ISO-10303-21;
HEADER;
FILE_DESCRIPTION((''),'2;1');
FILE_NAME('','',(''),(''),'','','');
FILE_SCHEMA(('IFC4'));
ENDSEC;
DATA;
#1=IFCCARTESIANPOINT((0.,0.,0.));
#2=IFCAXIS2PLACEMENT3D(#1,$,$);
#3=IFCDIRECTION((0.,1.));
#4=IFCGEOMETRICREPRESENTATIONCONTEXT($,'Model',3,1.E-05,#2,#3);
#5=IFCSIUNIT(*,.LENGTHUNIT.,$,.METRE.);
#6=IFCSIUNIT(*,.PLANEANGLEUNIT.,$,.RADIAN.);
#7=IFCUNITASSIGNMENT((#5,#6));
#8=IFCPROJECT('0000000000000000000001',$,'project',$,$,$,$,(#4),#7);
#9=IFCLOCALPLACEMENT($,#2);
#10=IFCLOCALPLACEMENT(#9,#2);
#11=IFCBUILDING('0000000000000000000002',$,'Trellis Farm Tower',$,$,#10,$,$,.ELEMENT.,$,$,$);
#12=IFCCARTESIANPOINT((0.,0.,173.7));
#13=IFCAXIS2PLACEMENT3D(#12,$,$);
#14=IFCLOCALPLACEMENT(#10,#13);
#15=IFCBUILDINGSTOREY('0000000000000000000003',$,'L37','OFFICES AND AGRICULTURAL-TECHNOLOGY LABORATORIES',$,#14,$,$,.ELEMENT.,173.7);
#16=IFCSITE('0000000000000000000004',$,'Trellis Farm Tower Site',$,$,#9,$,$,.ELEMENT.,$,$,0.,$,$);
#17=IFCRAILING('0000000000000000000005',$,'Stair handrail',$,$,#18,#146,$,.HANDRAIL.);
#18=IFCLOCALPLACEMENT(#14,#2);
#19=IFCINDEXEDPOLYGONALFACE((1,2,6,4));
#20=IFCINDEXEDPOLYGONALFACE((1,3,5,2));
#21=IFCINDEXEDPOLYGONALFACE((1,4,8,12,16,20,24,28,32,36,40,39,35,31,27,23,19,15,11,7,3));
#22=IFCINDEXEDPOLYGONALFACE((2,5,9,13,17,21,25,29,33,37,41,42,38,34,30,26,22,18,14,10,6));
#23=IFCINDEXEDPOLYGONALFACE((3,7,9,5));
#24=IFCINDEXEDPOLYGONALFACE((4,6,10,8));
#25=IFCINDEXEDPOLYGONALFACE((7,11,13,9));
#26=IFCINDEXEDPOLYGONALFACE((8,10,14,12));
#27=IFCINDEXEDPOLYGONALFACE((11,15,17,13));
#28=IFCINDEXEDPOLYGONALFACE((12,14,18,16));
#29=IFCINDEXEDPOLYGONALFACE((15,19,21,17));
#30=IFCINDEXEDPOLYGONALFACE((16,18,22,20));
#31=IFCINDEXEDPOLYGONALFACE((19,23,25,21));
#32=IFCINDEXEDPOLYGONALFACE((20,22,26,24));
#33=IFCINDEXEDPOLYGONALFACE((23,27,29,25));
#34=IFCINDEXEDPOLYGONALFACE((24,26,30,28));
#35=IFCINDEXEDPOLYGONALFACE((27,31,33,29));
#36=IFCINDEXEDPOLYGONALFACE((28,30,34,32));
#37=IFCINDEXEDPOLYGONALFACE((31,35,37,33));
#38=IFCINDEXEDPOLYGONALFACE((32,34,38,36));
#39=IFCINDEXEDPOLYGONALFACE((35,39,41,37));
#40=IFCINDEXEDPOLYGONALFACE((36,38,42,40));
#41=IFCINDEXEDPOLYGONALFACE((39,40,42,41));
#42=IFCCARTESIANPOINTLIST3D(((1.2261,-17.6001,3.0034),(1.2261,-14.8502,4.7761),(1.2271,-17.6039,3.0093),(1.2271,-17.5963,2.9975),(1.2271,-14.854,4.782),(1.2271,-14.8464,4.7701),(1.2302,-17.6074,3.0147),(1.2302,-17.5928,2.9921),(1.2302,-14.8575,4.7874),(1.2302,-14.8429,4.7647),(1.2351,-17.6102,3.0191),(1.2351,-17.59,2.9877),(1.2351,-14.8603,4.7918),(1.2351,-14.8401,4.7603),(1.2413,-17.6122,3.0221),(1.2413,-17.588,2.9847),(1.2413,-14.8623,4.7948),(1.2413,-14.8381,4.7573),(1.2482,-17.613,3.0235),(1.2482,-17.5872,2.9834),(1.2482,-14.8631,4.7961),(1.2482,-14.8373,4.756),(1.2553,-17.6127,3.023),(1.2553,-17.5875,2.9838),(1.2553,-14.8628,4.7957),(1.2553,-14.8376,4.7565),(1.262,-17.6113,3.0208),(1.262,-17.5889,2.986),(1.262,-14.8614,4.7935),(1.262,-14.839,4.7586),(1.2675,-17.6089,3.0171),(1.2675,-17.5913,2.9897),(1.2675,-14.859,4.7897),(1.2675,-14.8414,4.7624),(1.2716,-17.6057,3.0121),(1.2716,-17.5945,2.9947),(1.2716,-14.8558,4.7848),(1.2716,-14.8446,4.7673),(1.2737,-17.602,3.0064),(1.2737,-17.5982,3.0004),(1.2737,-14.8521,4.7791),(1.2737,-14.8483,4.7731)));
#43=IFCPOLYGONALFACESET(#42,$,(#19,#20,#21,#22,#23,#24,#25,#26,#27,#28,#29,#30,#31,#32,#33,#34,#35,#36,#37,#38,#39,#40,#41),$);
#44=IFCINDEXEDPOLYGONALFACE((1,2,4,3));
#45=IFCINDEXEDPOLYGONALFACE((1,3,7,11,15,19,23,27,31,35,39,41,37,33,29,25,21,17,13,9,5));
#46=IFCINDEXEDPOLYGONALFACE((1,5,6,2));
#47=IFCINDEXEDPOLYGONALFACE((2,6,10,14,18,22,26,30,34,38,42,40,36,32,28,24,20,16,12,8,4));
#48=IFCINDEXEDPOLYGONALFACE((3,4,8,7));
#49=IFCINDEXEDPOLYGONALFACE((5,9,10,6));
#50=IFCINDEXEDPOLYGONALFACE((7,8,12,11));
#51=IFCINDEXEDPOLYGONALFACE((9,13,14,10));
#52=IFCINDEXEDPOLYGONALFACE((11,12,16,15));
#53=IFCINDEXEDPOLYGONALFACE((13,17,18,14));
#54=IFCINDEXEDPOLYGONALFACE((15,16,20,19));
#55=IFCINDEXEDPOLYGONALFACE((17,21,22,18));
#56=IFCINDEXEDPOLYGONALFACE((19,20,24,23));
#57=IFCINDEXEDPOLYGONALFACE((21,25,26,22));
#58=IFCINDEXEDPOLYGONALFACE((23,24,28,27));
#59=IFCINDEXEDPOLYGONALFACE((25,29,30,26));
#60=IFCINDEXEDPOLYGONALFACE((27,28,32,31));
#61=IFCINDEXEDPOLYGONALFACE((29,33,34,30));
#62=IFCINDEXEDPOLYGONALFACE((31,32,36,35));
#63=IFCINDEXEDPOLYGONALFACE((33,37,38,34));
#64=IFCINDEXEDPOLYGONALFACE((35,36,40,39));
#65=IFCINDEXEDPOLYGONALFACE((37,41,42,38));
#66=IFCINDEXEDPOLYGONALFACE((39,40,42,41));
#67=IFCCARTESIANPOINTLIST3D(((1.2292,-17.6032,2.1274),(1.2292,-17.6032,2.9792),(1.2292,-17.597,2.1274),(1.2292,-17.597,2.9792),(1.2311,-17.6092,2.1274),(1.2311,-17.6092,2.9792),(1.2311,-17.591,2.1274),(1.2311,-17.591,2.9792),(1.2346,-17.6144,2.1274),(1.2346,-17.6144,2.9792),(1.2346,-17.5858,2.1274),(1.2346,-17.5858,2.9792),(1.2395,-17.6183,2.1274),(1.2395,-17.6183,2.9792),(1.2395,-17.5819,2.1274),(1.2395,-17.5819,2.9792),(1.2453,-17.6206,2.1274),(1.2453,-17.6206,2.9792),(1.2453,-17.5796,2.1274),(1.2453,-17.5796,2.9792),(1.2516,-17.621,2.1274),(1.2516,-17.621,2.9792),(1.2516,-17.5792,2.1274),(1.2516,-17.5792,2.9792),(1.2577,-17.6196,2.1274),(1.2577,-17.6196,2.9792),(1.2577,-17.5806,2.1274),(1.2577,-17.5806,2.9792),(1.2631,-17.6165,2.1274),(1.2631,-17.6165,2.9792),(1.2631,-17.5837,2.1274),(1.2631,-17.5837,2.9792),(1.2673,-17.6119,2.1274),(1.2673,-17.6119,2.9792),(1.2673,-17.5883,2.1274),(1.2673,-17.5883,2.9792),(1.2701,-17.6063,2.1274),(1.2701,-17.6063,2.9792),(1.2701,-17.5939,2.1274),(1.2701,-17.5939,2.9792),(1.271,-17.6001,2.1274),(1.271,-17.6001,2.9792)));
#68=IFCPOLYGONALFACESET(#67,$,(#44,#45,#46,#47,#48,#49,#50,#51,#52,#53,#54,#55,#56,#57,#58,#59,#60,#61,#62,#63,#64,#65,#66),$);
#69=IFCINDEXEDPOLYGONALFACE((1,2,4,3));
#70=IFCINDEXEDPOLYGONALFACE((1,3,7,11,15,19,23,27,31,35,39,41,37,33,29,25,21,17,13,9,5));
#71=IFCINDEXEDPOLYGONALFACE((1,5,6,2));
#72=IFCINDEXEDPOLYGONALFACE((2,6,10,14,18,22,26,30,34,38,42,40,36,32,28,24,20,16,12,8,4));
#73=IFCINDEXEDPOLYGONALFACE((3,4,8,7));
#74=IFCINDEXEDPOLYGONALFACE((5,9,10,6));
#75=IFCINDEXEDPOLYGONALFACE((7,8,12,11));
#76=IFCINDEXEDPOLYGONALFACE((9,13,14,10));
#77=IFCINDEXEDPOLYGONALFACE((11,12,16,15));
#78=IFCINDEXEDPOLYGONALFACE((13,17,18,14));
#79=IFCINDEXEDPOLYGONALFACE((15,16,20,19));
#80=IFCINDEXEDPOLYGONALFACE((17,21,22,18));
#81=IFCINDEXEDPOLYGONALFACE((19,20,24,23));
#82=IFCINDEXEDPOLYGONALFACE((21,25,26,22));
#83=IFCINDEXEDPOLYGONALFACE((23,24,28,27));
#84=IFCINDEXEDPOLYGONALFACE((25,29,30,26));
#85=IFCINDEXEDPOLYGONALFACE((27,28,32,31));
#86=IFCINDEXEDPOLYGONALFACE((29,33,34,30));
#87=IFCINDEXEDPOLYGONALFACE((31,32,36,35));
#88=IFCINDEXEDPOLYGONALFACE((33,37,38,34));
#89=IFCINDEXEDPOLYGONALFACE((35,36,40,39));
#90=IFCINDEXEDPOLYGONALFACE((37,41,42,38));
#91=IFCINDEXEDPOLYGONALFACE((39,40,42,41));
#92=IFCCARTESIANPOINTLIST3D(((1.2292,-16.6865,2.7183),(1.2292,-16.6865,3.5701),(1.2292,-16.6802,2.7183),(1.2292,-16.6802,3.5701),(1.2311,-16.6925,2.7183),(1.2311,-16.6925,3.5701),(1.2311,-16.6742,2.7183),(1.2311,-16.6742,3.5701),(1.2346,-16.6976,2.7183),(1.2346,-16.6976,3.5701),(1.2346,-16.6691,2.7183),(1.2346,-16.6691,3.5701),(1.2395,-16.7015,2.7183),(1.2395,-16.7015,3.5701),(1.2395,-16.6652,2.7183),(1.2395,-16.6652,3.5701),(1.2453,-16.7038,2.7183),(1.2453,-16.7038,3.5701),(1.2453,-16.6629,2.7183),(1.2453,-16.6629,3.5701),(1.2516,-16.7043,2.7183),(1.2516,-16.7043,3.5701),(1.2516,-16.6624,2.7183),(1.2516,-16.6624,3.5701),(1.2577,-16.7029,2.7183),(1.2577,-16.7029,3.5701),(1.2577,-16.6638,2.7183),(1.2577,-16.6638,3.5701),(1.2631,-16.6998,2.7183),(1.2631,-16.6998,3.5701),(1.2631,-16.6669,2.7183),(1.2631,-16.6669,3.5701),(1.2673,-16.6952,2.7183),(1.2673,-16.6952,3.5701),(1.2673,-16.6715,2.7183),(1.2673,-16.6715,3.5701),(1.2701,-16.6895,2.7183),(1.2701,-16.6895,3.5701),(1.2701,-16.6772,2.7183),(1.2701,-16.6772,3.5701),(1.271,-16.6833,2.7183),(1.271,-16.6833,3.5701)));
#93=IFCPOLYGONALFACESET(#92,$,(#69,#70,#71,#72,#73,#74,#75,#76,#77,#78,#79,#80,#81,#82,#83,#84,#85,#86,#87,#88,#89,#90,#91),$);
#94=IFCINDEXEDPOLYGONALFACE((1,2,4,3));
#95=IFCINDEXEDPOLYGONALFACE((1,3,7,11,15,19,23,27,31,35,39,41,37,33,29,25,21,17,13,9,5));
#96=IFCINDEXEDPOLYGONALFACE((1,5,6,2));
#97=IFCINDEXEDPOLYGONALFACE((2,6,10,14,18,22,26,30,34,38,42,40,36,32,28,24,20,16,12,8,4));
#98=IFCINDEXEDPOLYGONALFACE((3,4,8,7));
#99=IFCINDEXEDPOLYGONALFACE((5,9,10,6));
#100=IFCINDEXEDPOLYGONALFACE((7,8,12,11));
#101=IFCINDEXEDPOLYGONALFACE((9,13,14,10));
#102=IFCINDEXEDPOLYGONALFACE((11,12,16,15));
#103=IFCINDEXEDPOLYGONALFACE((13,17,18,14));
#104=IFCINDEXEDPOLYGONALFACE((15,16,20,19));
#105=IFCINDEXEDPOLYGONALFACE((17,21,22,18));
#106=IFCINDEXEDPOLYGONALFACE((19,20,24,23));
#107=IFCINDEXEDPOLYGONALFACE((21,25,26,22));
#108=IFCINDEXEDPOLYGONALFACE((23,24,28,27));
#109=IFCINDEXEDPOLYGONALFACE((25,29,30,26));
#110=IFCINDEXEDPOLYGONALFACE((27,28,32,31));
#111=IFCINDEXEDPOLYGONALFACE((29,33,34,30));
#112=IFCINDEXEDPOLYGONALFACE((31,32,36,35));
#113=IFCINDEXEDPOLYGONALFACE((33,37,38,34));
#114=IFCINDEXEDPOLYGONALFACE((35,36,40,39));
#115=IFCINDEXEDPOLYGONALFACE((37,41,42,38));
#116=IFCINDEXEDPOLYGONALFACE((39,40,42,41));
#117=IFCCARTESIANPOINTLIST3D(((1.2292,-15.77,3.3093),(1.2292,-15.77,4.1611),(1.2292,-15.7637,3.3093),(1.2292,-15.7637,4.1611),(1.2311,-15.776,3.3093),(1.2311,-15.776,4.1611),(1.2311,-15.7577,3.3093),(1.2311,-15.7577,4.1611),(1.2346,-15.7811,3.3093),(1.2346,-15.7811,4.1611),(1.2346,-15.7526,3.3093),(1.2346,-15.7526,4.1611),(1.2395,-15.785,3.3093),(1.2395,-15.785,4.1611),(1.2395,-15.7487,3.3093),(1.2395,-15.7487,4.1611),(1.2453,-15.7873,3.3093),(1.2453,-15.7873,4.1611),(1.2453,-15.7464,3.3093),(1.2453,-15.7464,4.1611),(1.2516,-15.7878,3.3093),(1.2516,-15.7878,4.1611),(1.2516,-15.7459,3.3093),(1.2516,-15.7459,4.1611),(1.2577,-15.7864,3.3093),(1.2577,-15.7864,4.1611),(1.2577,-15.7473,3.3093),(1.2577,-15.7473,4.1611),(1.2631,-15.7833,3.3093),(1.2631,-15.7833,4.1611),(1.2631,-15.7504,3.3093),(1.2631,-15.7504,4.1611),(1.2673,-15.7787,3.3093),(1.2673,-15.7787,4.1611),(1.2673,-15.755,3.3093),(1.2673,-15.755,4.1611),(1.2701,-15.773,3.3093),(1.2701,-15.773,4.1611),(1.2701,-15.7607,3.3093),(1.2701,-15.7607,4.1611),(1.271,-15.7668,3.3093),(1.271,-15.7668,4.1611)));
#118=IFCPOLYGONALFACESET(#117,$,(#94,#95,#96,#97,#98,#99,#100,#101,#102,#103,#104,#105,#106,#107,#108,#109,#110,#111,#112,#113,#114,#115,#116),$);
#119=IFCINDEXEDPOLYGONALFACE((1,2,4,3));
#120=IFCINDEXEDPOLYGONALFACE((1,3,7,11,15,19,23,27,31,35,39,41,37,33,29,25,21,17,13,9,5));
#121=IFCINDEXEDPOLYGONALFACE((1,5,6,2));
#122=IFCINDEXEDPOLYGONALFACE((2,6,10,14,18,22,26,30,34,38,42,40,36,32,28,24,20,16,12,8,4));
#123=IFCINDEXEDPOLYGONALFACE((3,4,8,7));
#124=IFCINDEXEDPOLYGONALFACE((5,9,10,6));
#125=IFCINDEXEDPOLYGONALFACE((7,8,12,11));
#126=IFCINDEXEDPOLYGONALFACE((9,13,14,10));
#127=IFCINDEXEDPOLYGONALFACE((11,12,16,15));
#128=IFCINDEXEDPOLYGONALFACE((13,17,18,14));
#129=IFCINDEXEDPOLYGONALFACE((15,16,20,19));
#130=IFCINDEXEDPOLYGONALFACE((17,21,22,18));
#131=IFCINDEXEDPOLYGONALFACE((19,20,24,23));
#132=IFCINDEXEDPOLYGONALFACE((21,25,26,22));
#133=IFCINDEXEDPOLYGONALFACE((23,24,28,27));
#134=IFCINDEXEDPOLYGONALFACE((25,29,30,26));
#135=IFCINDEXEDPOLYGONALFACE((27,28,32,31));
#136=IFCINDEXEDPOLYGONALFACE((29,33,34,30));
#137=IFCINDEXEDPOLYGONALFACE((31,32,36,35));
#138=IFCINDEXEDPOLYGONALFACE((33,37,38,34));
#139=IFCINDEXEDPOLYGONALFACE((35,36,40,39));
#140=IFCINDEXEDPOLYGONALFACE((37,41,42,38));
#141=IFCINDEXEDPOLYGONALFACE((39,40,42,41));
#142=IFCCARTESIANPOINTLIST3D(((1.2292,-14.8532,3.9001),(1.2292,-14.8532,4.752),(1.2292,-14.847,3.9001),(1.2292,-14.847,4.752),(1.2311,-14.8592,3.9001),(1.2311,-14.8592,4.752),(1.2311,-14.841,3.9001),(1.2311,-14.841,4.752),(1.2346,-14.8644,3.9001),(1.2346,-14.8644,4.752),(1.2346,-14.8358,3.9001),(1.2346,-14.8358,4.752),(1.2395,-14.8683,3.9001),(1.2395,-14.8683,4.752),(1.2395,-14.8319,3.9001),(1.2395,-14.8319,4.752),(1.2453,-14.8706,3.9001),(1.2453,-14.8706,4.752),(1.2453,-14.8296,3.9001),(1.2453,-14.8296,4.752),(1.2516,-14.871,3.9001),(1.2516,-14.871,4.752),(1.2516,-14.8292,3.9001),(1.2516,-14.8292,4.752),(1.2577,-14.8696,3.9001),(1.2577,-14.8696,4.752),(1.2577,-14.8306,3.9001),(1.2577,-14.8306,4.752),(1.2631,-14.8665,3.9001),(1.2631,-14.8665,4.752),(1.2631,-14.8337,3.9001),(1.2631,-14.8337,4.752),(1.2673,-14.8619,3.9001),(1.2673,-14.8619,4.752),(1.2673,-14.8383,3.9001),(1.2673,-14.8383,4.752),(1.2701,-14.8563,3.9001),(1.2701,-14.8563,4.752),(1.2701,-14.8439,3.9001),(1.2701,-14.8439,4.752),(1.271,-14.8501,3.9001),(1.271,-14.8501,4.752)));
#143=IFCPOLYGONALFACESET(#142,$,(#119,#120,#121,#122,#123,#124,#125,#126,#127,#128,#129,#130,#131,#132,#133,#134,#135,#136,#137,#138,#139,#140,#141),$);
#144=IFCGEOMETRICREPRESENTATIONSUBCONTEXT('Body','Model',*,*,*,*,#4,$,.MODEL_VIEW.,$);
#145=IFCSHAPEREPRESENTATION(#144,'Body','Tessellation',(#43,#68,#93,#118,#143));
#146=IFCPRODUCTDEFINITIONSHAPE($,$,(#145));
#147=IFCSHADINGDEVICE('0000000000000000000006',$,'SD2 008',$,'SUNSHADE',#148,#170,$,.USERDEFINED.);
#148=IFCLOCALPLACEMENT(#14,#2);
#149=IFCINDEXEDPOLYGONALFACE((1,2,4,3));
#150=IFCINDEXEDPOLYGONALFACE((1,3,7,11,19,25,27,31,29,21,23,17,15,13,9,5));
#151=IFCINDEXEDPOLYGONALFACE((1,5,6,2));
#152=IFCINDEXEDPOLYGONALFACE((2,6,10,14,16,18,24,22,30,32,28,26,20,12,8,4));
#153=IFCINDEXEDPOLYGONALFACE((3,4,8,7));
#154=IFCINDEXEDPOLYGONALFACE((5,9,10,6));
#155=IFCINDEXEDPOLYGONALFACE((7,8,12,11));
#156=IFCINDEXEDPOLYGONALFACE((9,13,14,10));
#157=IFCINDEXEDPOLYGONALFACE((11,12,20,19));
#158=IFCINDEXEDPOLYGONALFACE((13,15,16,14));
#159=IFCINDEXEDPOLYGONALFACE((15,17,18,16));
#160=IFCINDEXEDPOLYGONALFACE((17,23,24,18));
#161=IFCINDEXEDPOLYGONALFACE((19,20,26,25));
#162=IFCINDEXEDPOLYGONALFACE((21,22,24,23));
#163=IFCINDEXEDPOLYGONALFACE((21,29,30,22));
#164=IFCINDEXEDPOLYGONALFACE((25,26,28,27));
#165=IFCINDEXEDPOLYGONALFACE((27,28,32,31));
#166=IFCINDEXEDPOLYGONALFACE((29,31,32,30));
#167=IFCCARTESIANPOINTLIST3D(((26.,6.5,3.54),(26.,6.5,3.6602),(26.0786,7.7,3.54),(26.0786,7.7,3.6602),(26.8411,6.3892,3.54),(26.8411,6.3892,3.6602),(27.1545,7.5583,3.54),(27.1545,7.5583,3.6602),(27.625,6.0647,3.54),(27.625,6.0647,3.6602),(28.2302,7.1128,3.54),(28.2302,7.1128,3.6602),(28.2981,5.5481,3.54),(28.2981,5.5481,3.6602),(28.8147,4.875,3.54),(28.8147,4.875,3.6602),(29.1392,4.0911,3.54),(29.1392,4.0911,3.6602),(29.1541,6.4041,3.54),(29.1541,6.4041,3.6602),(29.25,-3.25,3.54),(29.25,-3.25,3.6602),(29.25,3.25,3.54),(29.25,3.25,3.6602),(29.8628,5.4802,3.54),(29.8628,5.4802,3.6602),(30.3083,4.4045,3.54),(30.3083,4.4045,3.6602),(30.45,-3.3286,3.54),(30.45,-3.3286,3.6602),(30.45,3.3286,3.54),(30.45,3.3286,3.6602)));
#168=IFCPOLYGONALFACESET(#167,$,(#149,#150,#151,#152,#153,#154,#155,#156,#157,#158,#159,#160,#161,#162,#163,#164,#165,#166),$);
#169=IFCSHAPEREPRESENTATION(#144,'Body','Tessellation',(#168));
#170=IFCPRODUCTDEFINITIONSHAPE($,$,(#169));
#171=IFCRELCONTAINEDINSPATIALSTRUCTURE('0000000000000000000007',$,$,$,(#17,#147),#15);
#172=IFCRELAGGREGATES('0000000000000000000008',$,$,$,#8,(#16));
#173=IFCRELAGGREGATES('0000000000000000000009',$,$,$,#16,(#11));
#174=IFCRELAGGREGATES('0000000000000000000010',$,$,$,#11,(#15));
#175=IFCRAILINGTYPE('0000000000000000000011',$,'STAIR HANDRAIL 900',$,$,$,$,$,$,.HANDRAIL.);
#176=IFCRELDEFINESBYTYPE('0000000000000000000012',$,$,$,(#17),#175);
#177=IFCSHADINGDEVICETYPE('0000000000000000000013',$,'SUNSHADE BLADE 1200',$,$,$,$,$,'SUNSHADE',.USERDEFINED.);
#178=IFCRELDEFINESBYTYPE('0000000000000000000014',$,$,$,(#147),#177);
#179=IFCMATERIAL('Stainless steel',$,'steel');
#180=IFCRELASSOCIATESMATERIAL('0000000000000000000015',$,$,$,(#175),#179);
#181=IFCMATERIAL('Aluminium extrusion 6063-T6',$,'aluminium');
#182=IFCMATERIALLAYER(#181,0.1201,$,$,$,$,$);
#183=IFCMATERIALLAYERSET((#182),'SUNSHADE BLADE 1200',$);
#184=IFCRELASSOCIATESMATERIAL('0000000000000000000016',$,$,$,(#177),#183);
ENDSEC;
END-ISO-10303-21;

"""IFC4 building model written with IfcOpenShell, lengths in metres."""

from ifc_helpers import new_model, si_unit, direction, frame, origin, origin_2d, place, context, subcontext, project, spatial, polyline, circle, outline, extrude, source, transform, mapped, material, layer, layer_set, type_object, element, save


model = new_model("IFC4")

# Units and contexts
model_context = context("Model", 3, precision=1e-05, world=origin(), true_north=direction((0.0, 1.0)))
body_context = subcontext(model_context, "Body", "Model", "MODEL_VIEW")
ifc_project = project(units=[si_unit("LENGTHUNIT", "METRE"), si_unit("PLANEANGLEUNIT", "RADIAN")], contexts=[model_context])

# Site, building, storey
site_placement = place(None, origin())
site = spatial("IfcSite", under=ifc_project, at=site_placement, Name="Trellis Farm Tower Site", CompositionType="ELEMENT", RefElevation=0.0)
building_placement = place(site_placement, origin())
building = spatial("IfcBuilding", under=site, at=building_placement, Name="Trellis Farm Tower", CompositionType="ELEMENT")
storey_placement = place(building_placement, frame((0.0, 0.0, 173.7)))
storey = spatial("IfcBuildingStorey", under=building, at=storey_placement, Name="L37", Description="OFFICES AND AGRICULTURAL-TECHNOLOGY LABORATORIES", CompositionType="ELEMENT", Elevation=173.7)

# Shared definitions
ifc_material_1 = material(Name="Aluminium extrusion 6063-T6", Category="aluminium")

# Railing
ifc_material_2 = material(Name="Stainless steel", Category="steel")
railing_type = type_object("IfcRailingType", Name="STAIR HANDRAIL 900", PredefinedType="HANDRAIL", material=ifc_material_2)
shared_shape_1 = source(origin(), body_context, "Body", "SweptSolid", [
    extrude(circle(Radius=0.0239, at=origin_2d()), frame((0.0, 0.0, 0.876), z_axis=(0.0, 0.840504, 0.541806), x_axis=(-1.0, 0.0, 0.0)), (0.0, 0.0, 1.0), 3.2717),
    extrude(circle(Radius=0.021, at=origin_2d()), origin(), (0.0, 0.0, 1.0), 0.8518),
    extrude(circle(Radius=0.021, at=origin_2d()), frame((0.0, 0.9167, 0.5908)), (0.0, 0.0, 1.0), 0.8518),
    extrude(circle(Radius=0.021, at=origin_2d()), frame((0.0, 1.8333, 1.1819)), (0.0, 0.0, 1.0), 0.8518),
    extrude(circle(Radius=0.021, at=origin_2d()), frame((0.0, 2.75, 1.7727)), (0.0, 0.0, 1.0), 0.8518),
])
railing_placement = place(storey_placement, frame((1.25, -17.6001, 2.1274)))
element("IfcRailing", 1, at=railing_placement, inside=storey, type_object=railing_type, Name="Stair handrail", PredefinedType="HANDRAIL", context=body_context, shape_type="MappedRepresentation", body=[
    mapped(shared_shape_1, transform((0.0, 0.0, 0.0))),
])

# Shading device
ifc_layer_1 = layer(ifc_material_1, 0.1201)
ifc_layer_set_1 = layer_set([ifc_layer_1], Name="SUNSHADE BLADE 1200")
shading_device_type = type_object("IfcShadingDeviceType", Name="SUNSHADE BLADE 1200", ElementType="SUNSHADE", PredefinedType="USERDEFINED", material=ifc_layer_set_1)
shared_shape_2 = source(origin(), body_context, "Body", "SweptSolid", [
    extrude(outline(polyline([(30.45, -3.3286), (30.45, 3.3286), (30.3083, 4.4045), (29.8628, 5.4802), (29.1541, 6.4041), (28.2302, 7.1128), (27.1545, 7.5583), (26.0786, 7.7), (26.0, 6.5), (26.8411, 6.3892), (27.625, 6.0647), (28.2981, 5.5481), (28.8147, 4.875), (29.1392, 4.0911), (29.25, 3.25), (29.25, -3.25), (30.45, -3.3286)])), origin(), (0.0, 0.0, 1.0), 0.1201),
])
shading_device_placement = place(storey_placement, frame((0.0, 0.0, 3.54)))
element("IfcShadingDevice", 2, at=shading_device_placement, inside=storey, type_object=shading_device_type, Name="SD2 008", ObjectType="SUNSHADE", PredefinedType="USERDEFINED", context=body_context, shape_type="MappedRepresentation", body=[
    mapped(shared_shape_2, transform((0.0, 0.0, 0.0))),
])

save(model, "model.ifc")
